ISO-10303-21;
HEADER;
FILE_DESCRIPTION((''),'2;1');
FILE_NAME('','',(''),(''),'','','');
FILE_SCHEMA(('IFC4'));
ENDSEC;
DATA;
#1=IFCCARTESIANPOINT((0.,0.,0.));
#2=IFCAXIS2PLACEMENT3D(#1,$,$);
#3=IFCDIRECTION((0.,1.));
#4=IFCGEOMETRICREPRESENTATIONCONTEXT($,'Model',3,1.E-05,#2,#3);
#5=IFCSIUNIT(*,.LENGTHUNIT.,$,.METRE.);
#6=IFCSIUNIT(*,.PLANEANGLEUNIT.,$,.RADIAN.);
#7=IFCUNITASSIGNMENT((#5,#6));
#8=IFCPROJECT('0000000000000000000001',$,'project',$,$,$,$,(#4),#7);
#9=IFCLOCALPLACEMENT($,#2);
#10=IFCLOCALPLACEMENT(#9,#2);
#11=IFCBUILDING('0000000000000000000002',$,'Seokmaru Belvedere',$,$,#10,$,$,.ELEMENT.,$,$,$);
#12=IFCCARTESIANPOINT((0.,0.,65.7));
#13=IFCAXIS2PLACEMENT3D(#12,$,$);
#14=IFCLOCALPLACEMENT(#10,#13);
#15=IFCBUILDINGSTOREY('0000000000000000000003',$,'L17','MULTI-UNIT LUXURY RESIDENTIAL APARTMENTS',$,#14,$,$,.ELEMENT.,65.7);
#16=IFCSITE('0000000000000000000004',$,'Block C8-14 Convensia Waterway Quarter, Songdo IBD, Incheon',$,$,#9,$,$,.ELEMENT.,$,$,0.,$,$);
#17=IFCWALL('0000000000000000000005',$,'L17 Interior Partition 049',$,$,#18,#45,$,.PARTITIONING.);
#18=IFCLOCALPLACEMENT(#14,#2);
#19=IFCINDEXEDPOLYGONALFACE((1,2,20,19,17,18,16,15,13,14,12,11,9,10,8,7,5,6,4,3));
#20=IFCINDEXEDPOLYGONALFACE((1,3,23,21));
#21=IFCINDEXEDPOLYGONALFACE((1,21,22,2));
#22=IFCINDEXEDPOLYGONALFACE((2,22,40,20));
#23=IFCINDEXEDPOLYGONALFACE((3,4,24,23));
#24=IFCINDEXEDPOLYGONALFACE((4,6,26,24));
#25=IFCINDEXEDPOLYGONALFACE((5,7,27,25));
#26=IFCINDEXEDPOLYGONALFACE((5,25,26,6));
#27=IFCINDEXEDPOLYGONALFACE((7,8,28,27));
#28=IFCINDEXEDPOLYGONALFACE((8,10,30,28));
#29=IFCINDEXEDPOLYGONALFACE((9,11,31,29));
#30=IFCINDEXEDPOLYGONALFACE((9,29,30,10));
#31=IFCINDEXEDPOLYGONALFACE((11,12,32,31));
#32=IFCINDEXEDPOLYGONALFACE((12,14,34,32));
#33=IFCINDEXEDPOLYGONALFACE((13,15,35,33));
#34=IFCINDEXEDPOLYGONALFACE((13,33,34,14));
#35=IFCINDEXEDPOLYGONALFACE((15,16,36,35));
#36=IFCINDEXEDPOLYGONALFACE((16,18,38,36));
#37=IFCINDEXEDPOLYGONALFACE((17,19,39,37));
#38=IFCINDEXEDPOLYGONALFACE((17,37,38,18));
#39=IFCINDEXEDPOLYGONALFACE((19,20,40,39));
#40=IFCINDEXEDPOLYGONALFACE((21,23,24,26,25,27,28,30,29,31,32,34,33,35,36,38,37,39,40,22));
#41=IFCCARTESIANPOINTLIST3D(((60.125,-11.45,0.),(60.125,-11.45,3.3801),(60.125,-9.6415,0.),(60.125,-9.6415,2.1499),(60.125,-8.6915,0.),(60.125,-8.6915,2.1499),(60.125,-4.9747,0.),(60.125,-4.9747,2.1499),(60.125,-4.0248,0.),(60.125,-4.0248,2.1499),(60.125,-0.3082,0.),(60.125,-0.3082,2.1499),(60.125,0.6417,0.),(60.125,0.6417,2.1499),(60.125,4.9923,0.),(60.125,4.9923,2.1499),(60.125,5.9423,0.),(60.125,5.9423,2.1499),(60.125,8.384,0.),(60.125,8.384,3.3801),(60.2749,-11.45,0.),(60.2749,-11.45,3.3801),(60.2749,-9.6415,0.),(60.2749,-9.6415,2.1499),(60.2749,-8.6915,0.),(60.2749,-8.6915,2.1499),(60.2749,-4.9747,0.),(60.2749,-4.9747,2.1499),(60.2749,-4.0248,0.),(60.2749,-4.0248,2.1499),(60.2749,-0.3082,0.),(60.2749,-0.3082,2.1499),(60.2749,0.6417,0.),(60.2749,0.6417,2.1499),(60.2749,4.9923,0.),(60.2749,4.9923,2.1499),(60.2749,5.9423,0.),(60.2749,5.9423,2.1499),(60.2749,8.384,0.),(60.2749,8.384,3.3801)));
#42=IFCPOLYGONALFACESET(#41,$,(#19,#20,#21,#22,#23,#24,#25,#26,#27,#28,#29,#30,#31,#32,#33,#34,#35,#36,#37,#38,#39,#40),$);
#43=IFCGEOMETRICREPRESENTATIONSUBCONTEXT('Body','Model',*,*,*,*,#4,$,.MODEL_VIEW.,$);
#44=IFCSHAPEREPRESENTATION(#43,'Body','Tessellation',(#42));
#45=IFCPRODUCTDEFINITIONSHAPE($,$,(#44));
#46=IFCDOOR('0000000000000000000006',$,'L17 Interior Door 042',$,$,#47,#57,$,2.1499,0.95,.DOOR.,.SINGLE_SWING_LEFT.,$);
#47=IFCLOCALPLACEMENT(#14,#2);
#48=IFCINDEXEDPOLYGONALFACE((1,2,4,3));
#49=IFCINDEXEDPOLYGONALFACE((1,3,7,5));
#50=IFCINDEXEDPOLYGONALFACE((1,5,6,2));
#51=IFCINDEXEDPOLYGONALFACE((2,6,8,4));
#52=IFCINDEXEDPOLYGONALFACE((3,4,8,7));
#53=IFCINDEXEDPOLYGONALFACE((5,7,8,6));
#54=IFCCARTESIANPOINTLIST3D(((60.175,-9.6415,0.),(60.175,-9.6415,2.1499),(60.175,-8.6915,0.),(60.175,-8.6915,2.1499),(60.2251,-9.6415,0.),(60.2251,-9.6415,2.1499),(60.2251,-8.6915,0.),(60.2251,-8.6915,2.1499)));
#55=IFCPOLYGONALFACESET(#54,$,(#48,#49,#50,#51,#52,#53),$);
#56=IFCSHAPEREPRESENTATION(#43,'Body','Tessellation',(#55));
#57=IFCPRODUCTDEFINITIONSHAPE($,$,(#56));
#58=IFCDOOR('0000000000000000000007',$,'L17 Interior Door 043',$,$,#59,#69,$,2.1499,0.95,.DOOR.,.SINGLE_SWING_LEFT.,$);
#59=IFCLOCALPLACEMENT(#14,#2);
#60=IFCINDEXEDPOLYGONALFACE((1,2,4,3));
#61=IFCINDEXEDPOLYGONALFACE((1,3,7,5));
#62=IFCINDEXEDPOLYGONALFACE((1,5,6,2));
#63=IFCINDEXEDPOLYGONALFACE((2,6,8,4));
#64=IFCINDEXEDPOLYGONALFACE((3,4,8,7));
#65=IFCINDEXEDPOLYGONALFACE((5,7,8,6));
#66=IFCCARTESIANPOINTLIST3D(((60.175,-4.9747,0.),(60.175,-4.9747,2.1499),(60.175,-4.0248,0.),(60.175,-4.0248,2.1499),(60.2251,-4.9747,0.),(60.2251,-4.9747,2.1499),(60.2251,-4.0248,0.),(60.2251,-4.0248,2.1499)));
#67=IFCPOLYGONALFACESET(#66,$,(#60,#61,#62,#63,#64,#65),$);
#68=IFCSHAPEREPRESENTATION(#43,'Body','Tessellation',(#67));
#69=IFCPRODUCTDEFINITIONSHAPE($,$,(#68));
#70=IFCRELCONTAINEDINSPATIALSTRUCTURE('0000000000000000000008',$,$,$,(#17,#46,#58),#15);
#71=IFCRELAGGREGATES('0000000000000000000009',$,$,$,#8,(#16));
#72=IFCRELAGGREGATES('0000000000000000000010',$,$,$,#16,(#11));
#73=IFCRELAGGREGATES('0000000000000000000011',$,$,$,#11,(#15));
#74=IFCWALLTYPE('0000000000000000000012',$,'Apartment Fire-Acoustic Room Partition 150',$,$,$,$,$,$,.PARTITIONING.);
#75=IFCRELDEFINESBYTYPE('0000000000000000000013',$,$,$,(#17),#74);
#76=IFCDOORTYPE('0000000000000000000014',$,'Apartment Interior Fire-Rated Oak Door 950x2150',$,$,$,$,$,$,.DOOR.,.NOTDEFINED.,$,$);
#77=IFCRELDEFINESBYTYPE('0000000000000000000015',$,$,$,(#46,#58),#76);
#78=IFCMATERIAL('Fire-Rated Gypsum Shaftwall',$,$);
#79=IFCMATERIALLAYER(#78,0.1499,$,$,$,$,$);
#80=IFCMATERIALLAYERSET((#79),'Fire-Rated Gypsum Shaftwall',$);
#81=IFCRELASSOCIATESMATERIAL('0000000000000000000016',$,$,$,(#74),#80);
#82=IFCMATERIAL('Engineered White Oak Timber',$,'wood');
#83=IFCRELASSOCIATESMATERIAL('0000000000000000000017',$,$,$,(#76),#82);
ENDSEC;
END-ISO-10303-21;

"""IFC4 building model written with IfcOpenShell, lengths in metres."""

from ifc_helpers import new_model, si_unit, direction, frame, frame_2d, origin, place, context, subcontext, project, spatial, rectangle, extrude, source, transform, mapped, material, layer, layer_set, type_object, type_shapes, element, fill, save


model = new_model("IFC4")

# Units and contexts
model_context = context("Model", 3, precision=1e-05, world=origin(), true_north=direction((0.0, 1.0)))
body_context = subcontext(model_context, "Body", "Model", "MODEL_VIEW")
ifc_project = project(units=[si_unit("LENGTHUNIT", "METRE"), si_unit("PLANEANGLEUNIT", "RADIAN")], contexts=[model_context])

# Site, building, storey
site_placement = place(None, origin())
site = spatial("IfcSite", under=ifc_project, at=site_placement, Name="Block C8-14 Convensia Waterway Quarter, Songdo IBD, Incheon", CompositionType="ELEMENT", RefElevation=0.0)
building_placement = place(site_placement, origin())
building = spatial("IfcBuilding", under=site, at=building_placement, Name="Seokmaru Belvedere", CompositionType="ELEMENT")
storey_placement = place(building_placement, frame((0.0, 0.0, 65.7)))
storey = spatial("IfcBuildingStorey", under=building, at=storey_placement, Name="L17", Description="MULTI-UNIT LUXURY RESIDENTIAL APARTMENTS", CompositionType="ELEMENT", Elevation=65.7)

# Shared definitions
ifc_material_1 = material(Name="Fire-Rated Gypsum Shaftwall")
ifc_layer_1 = layer(ifc_material_1, 0.1499)
ifc_layer_set_1 = layer_set([ifc_layer_1], Name="Fire-Rated Gypsum Shaftwall")
wall_type = type_object("IfcWallType", Name="Apartment Fire-Acoustic Room Partition 150", PredefinedType="PARTITIONING", material=ifc_layer_set_1)
ifc_material_2 = material(Name="Engineered White Oak Timber", Category="wood")
door_type = type_object("IfcDoorType", Name="Apartment Interior Fire-Rated Oak Door 950x2150", OperationType="NOTDEFINED", PredefinedType="DOOR", material=ifc_material_2)
shared_shape_1 = source(origin(), body_context, "Body", "SweptSolid", [
    extrude(rectangle(XDim=0.95, YDim=2.1499, at=frame_2d((0.4751, 1.075))), frame((0.0, 0.0249, 0.0), z_axis=(0.0, -1.0, 0.0), x_axis=(1.0, 0.0, 0.0)), (0.0, 0.0, 1.0), 0.05),
])
type_shapes(door_type, [shared_shape_1])

# Wall, openings, doors
wall_1_placement = place(storey_placement, frame((60.2, -11.45, 0.0), z_axis=(0.0, 0.0, 1.0), x_axis=(0.0, 1.0, 0.0)))
wall_1 = element("IfcWall", 1, at=wall_1_placement, inside=storey, type_object=wall_type, Name="L17 Interior Partition 049", PredefinedType="PARTITIONING", context=body_context, shape_type="SweptSolid", body=[
    extrude(rectangle(XDim=19.834, YDim=0.1499, at=frame_2d((9.917, 0.0))), origin(), (0.0, 0.0, 1.0), 3.3801),
])
opening_1_placement = place(wall_1_placement, frame((1.8083, 0.0, 0.0)))
opening_1 = element("IfcOpeningElement", 2, at=opening_1_placement, cuts=wall_1, PredefinedType="OPENING", context=body_context, shape_type="SweptSolid", body=[
    extrude(rectangle(XDim=0.95, YDim=2.1499, at=frame_2d((0.4751, 1.075))), frame((0.0, 0.085, 0.0), z_axis=(0.0, -1.0, 0.0), x_axis=(1.0, 0.0, 0.0)), (0.0, 0.0, 1.0), 0.1699),
])
opening_2_placement = place(wall_1_placement, frame((6.4751, 0.0, 0.0)))
opening_2 = element("IfcOpeningElement", 3, at=opening_2_placement, cuts=wall_1, PredefinedType="OPENING", context=body_context, shape_type="SweptSolid", body=[
    extrude(rectangle(XDim=0.95, YDim=2.1499, at=frame_2d((0.4751, 1.075))), frame((0.0, 0.085, 0.0), z_axis=(0.0, -1.0, 0.0), x_axis=(1.0, 0.0, 0.0)), (0.0, 0.0, 1.0), 0.1699),
])
opening_3_placement = place(wall_1_placement, frame((11.1416, 0.0, 0.0)))
element("IfcOpeningElement", 4, at=opening_3_placement, cuts=wall_1, PredefinedType="OPENING", context=body_context, shape_type="SweptSolid", body=[
    extrude(rectangle(XDim=0.95, YDim=2.1499, at=frame_2d((0.4751, 1.075))), frame((0.0, 0.085, 0.0), z_axis=(0.0, -1.0, 0.0), x_axis=(1.0, 0.0, 0.0)), (0.0, 0.0, 1.0), 0.1699),
])
opening_4_placement = place(wall_1_placement, frame((16.4421, 0.0, 0.0)))
element("IfcOpeningElement", 5, at=opening_4_placement, cuts=wall_1, PredefinedType="OPENING", context=body_context, shape_type="SweptSolid", body=[
    extrude(rectangle(XDim=0.95, YDim=2.1499, at=frame_2d((0.4751, 1.075))), frame((0.0, 0.085, 0.0), z_axis=(0.0, -1.0, 0.0), x_axis=(1.0, 0.0, 0.0)), (0.0, 0.0, 1.0), 0.1699),
])
door_1_placement = place(opening_1_placement, origin())
door_1 = element("IfcDoor", 6, at=door_1_placement, inside=storey, type_object=door_type, Name="L17 Interior Door 042", OperationType="SINGLE_SWING_LEFT", OverallHeight=2.1499, OverallWidth=0.95, PredefinedType="DOOR", context=body_context, shape_type="MappedRepresentation", body=[
    mapped(shared_shape_1, transform((0.0, 0.0, 0.0), scale=1.0)),
])
fill(opening_1, door_1)
door_2_placement = place(opening_2_placement, origin())
door_2 = element("IfcDoor", 7, at=door_2_placement, inside=storey, type_object=door_type, Name="L17 Interior Door 043", OperationType="SINGLE_SWING_LEFT", OverallHeight=2.1499, OverallWidth=0.95, PredefinedType="DOOR", context=body_context, shape_type="MappedRepresentation", body=[
    mapped(shared_shape_1, transform((0.0, 0.0, 0.0), scale=1.0)),
])
fill(opening_2, door_2)

save(model, "model.ifc")
